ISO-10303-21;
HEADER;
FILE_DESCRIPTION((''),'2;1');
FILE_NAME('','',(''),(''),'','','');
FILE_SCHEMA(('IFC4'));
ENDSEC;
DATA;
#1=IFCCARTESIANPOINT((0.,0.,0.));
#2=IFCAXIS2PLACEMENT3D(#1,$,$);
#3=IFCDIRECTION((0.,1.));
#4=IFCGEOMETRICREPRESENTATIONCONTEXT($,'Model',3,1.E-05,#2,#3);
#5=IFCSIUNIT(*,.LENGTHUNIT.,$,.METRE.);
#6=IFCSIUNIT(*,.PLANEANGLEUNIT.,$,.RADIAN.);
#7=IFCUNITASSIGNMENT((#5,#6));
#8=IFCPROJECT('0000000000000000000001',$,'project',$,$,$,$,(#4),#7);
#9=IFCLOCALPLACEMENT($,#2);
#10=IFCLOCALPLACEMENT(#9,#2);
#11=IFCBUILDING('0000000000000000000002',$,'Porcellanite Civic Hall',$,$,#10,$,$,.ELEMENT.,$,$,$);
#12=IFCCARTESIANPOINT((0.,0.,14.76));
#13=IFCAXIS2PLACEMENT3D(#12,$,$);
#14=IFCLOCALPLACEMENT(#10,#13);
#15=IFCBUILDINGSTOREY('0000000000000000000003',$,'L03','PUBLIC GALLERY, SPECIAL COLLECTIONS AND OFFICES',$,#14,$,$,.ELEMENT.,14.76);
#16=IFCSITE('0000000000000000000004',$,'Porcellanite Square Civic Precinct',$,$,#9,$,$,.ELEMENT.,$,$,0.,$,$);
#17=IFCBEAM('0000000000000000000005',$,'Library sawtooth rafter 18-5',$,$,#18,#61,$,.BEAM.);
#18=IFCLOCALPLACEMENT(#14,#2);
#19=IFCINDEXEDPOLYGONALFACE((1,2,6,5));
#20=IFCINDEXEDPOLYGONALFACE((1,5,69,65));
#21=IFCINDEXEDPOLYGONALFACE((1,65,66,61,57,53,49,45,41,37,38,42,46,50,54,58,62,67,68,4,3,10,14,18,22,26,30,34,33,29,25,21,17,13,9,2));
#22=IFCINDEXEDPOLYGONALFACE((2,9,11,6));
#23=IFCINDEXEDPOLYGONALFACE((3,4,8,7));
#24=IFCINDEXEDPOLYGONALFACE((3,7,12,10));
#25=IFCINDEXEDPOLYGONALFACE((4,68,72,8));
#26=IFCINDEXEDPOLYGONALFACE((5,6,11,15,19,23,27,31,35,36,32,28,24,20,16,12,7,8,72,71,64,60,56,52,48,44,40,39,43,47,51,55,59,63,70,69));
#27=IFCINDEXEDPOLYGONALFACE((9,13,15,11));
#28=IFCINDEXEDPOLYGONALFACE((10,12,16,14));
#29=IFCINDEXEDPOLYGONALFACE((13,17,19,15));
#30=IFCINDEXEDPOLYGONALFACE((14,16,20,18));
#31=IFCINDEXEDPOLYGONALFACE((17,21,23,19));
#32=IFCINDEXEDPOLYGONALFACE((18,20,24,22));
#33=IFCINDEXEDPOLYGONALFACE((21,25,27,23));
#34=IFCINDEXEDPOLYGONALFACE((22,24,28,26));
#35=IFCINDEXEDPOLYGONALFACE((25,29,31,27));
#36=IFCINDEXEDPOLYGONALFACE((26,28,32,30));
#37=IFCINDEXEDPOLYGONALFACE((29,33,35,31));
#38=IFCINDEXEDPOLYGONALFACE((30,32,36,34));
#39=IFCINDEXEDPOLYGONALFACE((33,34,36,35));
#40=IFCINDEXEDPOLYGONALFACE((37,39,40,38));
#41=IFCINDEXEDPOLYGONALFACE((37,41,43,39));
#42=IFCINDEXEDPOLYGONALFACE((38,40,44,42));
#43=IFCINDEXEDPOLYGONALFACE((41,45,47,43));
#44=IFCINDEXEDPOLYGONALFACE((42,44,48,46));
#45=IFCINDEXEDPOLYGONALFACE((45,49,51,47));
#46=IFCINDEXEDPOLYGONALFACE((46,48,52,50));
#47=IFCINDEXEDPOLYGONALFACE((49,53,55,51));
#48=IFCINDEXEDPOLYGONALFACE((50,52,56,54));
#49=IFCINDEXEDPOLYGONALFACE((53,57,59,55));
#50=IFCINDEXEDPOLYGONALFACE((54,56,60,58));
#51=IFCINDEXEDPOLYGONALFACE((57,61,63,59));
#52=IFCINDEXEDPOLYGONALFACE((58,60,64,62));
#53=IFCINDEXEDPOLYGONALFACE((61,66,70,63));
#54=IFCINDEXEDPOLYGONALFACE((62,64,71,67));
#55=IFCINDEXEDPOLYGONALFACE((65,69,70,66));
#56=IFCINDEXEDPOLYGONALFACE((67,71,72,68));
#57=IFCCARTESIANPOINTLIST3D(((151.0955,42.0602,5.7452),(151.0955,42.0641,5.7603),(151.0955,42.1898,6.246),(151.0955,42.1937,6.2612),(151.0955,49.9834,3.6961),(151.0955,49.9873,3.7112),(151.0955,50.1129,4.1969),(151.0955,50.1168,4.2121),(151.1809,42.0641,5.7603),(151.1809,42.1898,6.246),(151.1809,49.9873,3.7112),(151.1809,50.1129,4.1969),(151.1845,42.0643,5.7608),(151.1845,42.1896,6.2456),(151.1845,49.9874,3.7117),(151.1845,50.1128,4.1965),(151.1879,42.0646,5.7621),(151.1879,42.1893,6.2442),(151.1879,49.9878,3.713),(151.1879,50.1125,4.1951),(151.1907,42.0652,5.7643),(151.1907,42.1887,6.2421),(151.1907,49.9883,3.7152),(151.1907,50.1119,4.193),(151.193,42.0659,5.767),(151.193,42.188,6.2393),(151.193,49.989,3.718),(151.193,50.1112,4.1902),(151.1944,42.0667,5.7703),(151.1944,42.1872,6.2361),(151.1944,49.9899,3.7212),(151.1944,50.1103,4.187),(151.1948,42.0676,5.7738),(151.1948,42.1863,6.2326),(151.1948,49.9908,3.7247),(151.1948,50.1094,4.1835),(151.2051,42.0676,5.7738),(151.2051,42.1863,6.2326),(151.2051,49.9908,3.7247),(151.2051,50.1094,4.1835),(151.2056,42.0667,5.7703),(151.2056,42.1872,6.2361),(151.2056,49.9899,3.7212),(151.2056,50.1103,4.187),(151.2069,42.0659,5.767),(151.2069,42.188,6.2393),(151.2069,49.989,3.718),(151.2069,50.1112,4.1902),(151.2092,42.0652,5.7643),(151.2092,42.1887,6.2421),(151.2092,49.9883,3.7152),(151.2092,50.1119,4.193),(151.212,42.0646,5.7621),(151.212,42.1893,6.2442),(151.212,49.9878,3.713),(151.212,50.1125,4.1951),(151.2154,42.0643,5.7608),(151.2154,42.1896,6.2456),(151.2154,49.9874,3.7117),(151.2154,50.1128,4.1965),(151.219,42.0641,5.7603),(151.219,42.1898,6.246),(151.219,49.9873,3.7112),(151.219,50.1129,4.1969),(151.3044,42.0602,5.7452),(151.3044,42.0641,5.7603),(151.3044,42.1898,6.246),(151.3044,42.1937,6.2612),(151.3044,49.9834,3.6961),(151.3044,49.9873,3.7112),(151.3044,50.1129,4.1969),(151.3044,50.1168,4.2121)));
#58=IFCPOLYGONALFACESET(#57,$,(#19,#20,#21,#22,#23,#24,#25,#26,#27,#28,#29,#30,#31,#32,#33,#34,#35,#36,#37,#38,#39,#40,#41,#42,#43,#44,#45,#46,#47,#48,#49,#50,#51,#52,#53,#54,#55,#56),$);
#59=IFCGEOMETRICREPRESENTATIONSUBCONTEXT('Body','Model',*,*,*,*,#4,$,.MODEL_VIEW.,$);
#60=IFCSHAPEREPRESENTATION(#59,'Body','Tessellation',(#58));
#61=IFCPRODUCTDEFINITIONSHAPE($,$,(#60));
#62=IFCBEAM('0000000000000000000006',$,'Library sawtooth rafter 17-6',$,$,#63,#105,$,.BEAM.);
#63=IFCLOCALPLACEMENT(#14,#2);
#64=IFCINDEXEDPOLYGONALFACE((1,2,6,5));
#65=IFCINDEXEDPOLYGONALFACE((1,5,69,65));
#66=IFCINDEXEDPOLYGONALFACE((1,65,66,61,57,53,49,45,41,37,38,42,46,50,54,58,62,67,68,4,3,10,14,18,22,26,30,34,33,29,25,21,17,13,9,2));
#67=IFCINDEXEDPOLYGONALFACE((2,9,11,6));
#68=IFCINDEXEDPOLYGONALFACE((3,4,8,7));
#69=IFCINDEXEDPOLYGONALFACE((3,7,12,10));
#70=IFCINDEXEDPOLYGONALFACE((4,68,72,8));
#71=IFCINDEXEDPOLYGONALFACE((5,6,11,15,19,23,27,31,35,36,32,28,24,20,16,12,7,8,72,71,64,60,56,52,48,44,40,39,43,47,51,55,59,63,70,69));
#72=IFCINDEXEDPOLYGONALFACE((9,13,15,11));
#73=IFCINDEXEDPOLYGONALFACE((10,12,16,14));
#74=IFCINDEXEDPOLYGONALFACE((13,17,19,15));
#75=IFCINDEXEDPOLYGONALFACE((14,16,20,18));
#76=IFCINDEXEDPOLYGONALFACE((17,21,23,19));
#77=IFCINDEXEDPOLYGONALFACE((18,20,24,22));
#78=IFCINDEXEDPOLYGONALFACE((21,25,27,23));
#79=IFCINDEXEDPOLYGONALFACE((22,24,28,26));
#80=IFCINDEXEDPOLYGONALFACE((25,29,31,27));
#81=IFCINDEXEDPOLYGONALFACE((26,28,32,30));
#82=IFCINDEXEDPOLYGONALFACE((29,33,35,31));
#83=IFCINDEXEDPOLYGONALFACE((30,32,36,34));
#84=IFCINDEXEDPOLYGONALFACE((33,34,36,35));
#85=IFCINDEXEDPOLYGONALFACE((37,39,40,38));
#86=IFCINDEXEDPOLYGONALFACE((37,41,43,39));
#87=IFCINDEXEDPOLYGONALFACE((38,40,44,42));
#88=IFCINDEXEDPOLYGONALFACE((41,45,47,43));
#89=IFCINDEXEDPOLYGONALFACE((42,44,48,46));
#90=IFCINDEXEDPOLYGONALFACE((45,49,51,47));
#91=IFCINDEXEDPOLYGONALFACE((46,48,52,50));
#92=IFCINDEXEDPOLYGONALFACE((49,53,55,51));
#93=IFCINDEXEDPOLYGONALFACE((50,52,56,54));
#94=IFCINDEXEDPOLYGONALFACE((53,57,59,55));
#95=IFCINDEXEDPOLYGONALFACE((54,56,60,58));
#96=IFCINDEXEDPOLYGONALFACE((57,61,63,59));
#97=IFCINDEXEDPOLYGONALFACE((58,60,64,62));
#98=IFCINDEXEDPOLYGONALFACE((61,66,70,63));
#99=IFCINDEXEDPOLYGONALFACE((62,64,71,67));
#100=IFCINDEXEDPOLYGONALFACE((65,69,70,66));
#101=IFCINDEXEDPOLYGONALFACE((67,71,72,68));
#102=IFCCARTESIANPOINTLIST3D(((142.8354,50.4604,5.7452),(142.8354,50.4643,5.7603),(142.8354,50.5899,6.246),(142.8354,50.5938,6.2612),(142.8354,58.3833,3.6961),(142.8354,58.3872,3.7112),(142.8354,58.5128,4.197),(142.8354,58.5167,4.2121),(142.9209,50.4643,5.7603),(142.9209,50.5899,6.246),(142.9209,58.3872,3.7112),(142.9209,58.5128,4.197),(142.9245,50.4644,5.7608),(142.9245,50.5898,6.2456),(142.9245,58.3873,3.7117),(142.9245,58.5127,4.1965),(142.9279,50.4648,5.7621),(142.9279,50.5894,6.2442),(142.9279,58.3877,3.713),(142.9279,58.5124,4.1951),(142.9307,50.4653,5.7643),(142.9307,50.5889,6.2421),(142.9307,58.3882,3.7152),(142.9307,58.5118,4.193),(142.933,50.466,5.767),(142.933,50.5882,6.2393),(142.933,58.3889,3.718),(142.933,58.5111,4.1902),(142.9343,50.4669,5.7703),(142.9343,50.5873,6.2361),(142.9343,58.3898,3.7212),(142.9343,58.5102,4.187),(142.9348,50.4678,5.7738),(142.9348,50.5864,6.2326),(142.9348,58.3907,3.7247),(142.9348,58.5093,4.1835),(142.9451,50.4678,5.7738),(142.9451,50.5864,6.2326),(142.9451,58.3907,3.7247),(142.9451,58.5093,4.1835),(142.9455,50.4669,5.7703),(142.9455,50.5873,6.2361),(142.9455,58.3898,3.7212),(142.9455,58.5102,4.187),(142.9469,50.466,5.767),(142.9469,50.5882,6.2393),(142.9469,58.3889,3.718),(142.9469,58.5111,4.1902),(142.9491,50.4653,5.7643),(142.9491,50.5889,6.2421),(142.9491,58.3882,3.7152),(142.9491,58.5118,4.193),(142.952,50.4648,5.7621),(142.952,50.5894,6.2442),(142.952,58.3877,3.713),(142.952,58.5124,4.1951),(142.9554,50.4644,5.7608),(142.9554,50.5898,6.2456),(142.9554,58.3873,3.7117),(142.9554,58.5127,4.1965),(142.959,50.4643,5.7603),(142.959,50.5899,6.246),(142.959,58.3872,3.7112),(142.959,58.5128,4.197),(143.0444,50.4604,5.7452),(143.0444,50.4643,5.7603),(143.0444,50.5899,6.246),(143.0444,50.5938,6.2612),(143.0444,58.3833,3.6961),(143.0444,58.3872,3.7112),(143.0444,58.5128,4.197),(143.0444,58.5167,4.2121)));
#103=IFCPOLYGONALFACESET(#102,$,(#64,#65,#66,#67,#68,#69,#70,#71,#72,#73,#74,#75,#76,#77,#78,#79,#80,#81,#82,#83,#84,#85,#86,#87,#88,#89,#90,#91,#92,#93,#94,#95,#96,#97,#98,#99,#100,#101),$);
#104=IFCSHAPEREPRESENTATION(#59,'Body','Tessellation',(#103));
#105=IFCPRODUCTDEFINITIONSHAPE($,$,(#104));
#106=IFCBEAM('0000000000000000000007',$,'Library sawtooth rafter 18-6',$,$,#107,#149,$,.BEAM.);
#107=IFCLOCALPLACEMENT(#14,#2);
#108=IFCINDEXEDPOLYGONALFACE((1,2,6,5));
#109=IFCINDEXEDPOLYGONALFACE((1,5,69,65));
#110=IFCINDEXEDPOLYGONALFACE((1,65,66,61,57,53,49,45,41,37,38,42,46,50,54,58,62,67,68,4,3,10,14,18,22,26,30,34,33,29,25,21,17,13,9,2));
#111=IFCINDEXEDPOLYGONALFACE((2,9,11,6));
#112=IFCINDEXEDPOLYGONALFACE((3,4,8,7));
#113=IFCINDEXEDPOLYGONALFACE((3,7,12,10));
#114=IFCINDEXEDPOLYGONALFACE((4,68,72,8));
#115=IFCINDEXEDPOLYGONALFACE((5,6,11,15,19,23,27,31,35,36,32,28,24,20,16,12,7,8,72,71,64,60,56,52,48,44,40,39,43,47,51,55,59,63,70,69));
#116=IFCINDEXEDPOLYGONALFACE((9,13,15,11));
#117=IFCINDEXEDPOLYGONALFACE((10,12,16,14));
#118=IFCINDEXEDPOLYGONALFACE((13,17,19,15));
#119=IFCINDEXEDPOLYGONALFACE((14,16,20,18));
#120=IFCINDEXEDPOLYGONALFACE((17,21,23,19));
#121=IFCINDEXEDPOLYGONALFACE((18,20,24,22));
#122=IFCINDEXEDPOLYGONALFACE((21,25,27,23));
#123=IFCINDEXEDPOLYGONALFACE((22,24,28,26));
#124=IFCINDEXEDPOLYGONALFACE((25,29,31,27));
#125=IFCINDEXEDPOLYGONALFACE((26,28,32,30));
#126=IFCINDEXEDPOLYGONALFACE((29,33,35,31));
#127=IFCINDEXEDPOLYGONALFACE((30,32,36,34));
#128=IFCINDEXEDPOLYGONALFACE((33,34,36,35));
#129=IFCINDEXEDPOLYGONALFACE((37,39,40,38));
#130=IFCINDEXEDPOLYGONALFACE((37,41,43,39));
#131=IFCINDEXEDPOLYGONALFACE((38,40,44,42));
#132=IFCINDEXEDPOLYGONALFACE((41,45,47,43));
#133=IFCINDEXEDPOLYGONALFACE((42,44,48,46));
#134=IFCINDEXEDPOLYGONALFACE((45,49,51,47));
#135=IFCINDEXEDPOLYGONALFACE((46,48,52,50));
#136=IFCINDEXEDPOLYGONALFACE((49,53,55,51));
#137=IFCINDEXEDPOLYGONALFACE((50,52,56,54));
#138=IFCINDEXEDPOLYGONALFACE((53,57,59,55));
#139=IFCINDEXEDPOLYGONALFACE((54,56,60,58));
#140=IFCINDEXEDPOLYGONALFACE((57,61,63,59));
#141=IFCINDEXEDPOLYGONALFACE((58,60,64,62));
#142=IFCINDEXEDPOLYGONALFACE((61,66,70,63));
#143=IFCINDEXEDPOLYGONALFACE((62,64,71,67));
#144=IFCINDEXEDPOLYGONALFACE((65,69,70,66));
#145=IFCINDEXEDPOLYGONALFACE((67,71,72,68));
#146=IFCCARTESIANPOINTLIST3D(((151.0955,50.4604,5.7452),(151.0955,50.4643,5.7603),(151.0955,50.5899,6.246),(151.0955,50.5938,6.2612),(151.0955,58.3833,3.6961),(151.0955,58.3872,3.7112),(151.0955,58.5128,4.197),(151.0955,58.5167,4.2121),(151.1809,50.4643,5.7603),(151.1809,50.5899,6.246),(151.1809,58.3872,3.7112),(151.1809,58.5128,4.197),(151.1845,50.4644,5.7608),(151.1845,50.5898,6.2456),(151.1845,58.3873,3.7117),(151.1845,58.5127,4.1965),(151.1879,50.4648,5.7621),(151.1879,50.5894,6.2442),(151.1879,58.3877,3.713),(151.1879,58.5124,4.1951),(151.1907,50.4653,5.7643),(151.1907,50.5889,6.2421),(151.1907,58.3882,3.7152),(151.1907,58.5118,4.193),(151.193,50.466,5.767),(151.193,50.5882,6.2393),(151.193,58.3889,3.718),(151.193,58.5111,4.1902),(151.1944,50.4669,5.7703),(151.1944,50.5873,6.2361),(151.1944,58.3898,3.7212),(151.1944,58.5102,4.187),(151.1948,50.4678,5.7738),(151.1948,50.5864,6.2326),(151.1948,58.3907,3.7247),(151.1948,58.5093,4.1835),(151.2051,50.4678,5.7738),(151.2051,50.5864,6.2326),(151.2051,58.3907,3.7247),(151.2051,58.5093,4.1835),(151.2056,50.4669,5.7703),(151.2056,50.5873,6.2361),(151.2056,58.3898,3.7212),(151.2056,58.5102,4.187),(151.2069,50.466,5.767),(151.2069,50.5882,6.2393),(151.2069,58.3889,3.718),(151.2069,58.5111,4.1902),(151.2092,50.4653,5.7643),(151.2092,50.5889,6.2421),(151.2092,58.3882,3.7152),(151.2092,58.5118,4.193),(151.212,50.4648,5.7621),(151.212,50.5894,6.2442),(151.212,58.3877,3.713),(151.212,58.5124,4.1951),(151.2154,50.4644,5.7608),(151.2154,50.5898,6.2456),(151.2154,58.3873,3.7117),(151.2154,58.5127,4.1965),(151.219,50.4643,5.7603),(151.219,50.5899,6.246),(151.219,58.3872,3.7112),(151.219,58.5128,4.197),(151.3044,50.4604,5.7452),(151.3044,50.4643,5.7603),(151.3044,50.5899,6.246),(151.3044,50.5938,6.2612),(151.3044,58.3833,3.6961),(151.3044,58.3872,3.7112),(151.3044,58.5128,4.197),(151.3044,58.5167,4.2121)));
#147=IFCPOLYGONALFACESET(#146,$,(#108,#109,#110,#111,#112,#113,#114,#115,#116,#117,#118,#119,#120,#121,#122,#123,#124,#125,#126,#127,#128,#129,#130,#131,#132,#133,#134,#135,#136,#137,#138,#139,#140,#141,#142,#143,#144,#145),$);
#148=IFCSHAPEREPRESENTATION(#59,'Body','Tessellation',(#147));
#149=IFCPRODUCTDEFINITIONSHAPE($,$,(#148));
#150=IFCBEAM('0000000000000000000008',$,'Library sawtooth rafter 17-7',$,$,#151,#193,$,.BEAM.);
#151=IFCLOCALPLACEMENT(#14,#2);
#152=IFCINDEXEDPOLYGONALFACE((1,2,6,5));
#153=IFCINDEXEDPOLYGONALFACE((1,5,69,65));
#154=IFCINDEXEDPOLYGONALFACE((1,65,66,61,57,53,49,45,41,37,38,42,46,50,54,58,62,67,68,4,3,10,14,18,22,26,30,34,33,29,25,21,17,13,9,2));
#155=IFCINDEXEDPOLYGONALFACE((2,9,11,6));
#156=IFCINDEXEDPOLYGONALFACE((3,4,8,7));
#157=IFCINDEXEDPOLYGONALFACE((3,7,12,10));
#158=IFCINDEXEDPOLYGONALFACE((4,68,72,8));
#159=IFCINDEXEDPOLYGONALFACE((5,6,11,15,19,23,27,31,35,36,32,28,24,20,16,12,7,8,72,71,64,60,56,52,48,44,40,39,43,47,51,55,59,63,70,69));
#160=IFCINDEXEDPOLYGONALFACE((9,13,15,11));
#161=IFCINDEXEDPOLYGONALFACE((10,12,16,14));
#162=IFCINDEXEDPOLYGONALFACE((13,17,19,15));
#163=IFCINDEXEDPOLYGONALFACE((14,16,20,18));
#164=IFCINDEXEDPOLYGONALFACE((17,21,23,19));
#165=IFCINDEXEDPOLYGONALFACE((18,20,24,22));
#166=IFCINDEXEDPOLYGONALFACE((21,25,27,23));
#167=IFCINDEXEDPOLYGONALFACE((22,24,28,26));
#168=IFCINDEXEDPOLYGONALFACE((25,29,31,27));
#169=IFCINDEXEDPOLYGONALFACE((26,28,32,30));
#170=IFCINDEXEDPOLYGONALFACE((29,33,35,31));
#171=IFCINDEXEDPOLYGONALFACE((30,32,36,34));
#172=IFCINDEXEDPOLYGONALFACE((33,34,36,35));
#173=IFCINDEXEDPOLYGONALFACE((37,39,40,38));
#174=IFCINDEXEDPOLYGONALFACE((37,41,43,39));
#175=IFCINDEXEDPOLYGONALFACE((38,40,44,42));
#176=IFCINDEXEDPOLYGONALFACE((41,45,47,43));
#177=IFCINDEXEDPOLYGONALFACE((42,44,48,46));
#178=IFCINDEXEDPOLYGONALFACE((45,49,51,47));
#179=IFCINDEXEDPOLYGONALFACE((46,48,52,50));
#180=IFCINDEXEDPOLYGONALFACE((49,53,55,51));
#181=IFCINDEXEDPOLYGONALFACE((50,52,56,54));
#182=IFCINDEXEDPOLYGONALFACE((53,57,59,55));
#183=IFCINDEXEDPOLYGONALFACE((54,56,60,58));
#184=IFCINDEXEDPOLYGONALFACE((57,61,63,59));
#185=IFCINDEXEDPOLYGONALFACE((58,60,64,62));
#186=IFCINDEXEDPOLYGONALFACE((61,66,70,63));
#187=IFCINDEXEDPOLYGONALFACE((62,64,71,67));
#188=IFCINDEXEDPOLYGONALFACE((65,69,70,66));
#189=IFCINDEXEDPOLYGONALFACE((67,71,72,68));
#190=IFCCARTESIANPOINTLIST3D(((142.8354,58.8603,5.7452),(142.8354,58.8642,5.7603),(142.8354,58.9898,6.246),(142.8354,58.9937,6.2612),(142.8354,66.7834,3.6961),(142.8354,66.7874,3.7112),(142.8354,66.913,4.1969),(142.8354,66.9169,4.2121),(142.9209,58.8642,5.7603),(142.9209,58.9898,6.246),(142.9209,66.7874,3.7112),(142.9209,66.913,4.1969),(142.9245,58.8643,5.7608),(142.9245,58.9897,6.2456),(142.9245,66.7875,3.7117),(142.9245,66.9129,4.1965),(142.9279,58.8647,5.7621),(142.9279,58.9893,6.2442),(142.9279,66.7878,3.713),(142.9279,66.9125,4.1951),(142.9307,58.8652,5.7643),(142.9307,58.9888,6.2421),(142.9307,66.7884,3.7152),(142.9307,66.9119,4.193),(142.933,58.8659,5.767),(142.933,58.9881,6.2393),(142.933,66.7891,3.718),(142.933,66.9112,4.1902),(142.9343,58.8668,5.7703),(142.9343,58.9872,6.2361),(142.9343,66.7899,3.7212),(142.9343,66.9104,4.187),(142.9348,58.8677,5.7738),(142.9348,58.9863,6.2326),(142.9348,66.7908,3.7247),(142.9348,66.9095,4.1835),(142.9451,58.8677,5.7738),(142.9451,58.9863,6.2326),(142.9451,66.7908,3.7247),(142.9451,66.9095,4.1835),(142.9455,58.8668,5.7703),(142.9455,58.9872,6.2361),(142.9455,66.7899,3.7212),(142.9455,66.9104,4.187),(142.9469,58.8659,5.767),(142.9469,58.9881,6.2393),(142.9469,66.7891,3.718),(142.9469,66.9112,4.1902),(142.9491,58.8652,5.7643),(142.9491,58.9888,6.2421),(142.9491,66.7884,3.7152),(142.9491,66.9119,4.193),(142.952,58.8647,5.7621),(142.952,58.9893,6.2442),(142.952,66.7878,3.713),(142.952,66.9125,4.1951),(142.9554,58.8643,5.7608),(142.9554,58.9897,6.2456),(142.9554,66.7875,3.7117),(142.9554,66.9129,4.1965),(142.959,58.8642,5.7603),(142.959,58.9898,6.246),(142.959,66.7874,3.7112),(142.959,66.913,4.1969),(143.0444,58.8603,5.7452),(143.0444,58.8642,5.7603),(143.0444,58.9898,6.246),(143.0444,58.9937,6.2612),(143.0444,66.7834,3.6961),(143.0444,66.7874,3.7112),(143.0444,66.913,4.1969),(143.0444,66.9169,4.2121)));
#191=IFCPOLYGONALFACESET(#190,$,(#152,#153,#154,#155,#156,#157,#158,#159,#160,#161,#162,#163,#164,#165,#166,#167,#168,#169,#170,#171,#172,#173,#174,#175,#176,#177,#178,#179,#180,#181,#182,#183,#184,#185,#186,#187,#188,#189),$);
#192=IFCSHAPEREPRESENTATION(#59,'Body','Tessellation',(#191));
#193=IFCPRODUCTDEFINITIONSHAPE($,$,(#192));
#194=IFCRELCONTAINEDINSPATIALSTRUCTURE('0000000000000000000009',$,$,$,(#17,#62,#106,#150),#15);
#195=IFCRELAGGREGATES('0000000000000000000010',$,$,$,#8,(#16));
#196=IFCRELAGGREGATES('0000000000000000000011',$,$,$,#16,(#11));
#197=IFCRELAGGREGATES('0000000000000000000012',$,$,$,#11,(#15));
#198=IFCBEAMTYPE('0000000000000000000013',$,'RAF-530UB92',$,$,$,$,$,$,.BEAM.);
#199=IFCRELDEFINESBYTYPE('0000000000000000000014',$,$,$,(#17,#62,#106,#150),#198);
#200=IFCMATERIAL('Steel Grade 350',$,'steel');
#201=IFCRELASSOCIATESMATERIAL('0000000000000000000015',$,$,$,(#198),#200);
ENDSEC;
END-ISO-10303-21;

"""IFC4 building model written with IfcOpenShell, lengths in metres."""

from ifc_helpers import new_model, si_unit, direction, frame, origin, origin_2d, place, context, subcontext, project, spatial, i_section, extrude, material, material_profile, profile_set, type_object, element, save


model = new_model("IFC4")

# Units and contexts
model_context = context("Model", 3, precision=1e-05, world=origin(), true_north=direction((0.0, 1.0)))
body_context = subcontext(model_context, "Body", "Model", "MODEL_VIEW")
ifc_project = project(units=[si_unit("LENGTHUNIT", "METRE"), si_unit("PLANEANGLEUNIT", "RADIAN")], contexts=[model_context])

# Site, building, storey
site_placement = place(None, origin())
site = spatial("IfcSite", under=ifc_project, at=site_placement, Name="Porcellanite Square Civic Precinct", CompositionType="ELEMENT", RefElevation=0.0)
building_placement = place(site_placement, origin())
building = spatial("IfcBuilding", under=site, at=building_placement, Name="Porcellanite Civic Hall", CompositionType="ELEMENT")
storey_placement = place(building_placement, frame((0.0, 0.0, 14.76)))
storey = spatial("IfcBuildingStorey", under=building, at=storey_placement, Name="L03", Description="PUBLIC GALLERY, SPECIAL COLLECTIONS AND OFFICES", CompositionType="ELEMENT", Elevation=14.76)

# Beams
ifc_material_1 = material(Name="Steel Grade 350", Category="steel")
ifc_material_profile_1 = material_profile(ifc_material_1, i_section(OverallWidth=0.209, OverallDepth=0.533, WebThickness=0.0103, FlangeThickness=0.0156, FilletRadius=0.0139, at=origin_2d()), Name="530UB92.4")
ifc_profile_set_1 = profile_set([ifc_material_profile_1], Name="Steel Grade 350")
beam_type_1 = type_object("IfcBeamType", Name="RAF-530UB92", PredefinedType="BEAM", material=ifc_profile_set_1)
for number, where, z_axis, x_axis, name in (
    (1, (151.2, 42.127, 6.0032), (0.0, 0.968147, -0.250382), (-1.0, 0.0, 0.0), "Library sawtooth rafter 18-5"),
):
    element("IfcBeam", number, at=place(storey_placement, frame(where, z_axis=z_axis, x_axis=x_axis)), inside=storey, type_object=beam_type_1, Name=name, PredefinedType="BEAM", context=body_context, shape_type="SweptSolid", body=[
        extrude(i_section(OverallWidth=0.209, OverallDepth=0.533, WebThickness=0.0103, FlangeThickness=0.0156, FilletRadius=0.0139, at=origin_2d()), origin(), (0.0, 0.0, 1.0), 8.1838),
    ])
for number, where, z_axis, x_axis, name in (
    (2, (142.9399, 50.5271, 6.0032), (0.0, 0.968145, -0.25039), (-1.0, 0.0, 0.0), "Library sawtooth rafter 17-6"),
    (3, (151.2, 50.5271, 6.0032), (0.0, 0.968145, -0.25039), (-1.0, 0.0, 0.0), "Library sawtooth rafter 18-6"),
):
    element("IfcBeam", number, at=place(storey_placement, frame(where, z_axis=z_axis, x_axis=x_axis)), inside=storey, type_object=beam_type_1, Name=name, PredefinedType="BEAM", context=body_context, shape_type="SweptSolid", body=[
        extrude(i_section(OverallWidth=0.209, OverallDepth=0.533, WebThickness=0.0103, FlangeThickness=0.0156, FilletRadius=0.0139, at=origin_2d()), origin(), (0.0, 0.0, 1.0), 8.1836),
    ])
beam_placement = place(storey_placement, frame((142.9399, 58.927, 6.0032), z_axis=(0.0, 0.968147, -0.250382), x_axis=(-1.0, 0.0, 0.0)))
element("IfcBeam", 4, at=beam_placement, inside=storey, type_object=beam_type_1, Name="Library sawtooth rafter 17-7", PredefinedType="BEAM", context=body_context, shape_type="SweptSolid", body=[
    extrude(i_section(OverallWidth=0.209, OverallDepth=0.533, WebThickness=0.0103, FlangeThickness=0.0156, FilletRadius=0.0139, at=origin_2d()), origin(), (0.0, 0.0, 1.0), 8.1838),
])

save(model, "model.ifc")
